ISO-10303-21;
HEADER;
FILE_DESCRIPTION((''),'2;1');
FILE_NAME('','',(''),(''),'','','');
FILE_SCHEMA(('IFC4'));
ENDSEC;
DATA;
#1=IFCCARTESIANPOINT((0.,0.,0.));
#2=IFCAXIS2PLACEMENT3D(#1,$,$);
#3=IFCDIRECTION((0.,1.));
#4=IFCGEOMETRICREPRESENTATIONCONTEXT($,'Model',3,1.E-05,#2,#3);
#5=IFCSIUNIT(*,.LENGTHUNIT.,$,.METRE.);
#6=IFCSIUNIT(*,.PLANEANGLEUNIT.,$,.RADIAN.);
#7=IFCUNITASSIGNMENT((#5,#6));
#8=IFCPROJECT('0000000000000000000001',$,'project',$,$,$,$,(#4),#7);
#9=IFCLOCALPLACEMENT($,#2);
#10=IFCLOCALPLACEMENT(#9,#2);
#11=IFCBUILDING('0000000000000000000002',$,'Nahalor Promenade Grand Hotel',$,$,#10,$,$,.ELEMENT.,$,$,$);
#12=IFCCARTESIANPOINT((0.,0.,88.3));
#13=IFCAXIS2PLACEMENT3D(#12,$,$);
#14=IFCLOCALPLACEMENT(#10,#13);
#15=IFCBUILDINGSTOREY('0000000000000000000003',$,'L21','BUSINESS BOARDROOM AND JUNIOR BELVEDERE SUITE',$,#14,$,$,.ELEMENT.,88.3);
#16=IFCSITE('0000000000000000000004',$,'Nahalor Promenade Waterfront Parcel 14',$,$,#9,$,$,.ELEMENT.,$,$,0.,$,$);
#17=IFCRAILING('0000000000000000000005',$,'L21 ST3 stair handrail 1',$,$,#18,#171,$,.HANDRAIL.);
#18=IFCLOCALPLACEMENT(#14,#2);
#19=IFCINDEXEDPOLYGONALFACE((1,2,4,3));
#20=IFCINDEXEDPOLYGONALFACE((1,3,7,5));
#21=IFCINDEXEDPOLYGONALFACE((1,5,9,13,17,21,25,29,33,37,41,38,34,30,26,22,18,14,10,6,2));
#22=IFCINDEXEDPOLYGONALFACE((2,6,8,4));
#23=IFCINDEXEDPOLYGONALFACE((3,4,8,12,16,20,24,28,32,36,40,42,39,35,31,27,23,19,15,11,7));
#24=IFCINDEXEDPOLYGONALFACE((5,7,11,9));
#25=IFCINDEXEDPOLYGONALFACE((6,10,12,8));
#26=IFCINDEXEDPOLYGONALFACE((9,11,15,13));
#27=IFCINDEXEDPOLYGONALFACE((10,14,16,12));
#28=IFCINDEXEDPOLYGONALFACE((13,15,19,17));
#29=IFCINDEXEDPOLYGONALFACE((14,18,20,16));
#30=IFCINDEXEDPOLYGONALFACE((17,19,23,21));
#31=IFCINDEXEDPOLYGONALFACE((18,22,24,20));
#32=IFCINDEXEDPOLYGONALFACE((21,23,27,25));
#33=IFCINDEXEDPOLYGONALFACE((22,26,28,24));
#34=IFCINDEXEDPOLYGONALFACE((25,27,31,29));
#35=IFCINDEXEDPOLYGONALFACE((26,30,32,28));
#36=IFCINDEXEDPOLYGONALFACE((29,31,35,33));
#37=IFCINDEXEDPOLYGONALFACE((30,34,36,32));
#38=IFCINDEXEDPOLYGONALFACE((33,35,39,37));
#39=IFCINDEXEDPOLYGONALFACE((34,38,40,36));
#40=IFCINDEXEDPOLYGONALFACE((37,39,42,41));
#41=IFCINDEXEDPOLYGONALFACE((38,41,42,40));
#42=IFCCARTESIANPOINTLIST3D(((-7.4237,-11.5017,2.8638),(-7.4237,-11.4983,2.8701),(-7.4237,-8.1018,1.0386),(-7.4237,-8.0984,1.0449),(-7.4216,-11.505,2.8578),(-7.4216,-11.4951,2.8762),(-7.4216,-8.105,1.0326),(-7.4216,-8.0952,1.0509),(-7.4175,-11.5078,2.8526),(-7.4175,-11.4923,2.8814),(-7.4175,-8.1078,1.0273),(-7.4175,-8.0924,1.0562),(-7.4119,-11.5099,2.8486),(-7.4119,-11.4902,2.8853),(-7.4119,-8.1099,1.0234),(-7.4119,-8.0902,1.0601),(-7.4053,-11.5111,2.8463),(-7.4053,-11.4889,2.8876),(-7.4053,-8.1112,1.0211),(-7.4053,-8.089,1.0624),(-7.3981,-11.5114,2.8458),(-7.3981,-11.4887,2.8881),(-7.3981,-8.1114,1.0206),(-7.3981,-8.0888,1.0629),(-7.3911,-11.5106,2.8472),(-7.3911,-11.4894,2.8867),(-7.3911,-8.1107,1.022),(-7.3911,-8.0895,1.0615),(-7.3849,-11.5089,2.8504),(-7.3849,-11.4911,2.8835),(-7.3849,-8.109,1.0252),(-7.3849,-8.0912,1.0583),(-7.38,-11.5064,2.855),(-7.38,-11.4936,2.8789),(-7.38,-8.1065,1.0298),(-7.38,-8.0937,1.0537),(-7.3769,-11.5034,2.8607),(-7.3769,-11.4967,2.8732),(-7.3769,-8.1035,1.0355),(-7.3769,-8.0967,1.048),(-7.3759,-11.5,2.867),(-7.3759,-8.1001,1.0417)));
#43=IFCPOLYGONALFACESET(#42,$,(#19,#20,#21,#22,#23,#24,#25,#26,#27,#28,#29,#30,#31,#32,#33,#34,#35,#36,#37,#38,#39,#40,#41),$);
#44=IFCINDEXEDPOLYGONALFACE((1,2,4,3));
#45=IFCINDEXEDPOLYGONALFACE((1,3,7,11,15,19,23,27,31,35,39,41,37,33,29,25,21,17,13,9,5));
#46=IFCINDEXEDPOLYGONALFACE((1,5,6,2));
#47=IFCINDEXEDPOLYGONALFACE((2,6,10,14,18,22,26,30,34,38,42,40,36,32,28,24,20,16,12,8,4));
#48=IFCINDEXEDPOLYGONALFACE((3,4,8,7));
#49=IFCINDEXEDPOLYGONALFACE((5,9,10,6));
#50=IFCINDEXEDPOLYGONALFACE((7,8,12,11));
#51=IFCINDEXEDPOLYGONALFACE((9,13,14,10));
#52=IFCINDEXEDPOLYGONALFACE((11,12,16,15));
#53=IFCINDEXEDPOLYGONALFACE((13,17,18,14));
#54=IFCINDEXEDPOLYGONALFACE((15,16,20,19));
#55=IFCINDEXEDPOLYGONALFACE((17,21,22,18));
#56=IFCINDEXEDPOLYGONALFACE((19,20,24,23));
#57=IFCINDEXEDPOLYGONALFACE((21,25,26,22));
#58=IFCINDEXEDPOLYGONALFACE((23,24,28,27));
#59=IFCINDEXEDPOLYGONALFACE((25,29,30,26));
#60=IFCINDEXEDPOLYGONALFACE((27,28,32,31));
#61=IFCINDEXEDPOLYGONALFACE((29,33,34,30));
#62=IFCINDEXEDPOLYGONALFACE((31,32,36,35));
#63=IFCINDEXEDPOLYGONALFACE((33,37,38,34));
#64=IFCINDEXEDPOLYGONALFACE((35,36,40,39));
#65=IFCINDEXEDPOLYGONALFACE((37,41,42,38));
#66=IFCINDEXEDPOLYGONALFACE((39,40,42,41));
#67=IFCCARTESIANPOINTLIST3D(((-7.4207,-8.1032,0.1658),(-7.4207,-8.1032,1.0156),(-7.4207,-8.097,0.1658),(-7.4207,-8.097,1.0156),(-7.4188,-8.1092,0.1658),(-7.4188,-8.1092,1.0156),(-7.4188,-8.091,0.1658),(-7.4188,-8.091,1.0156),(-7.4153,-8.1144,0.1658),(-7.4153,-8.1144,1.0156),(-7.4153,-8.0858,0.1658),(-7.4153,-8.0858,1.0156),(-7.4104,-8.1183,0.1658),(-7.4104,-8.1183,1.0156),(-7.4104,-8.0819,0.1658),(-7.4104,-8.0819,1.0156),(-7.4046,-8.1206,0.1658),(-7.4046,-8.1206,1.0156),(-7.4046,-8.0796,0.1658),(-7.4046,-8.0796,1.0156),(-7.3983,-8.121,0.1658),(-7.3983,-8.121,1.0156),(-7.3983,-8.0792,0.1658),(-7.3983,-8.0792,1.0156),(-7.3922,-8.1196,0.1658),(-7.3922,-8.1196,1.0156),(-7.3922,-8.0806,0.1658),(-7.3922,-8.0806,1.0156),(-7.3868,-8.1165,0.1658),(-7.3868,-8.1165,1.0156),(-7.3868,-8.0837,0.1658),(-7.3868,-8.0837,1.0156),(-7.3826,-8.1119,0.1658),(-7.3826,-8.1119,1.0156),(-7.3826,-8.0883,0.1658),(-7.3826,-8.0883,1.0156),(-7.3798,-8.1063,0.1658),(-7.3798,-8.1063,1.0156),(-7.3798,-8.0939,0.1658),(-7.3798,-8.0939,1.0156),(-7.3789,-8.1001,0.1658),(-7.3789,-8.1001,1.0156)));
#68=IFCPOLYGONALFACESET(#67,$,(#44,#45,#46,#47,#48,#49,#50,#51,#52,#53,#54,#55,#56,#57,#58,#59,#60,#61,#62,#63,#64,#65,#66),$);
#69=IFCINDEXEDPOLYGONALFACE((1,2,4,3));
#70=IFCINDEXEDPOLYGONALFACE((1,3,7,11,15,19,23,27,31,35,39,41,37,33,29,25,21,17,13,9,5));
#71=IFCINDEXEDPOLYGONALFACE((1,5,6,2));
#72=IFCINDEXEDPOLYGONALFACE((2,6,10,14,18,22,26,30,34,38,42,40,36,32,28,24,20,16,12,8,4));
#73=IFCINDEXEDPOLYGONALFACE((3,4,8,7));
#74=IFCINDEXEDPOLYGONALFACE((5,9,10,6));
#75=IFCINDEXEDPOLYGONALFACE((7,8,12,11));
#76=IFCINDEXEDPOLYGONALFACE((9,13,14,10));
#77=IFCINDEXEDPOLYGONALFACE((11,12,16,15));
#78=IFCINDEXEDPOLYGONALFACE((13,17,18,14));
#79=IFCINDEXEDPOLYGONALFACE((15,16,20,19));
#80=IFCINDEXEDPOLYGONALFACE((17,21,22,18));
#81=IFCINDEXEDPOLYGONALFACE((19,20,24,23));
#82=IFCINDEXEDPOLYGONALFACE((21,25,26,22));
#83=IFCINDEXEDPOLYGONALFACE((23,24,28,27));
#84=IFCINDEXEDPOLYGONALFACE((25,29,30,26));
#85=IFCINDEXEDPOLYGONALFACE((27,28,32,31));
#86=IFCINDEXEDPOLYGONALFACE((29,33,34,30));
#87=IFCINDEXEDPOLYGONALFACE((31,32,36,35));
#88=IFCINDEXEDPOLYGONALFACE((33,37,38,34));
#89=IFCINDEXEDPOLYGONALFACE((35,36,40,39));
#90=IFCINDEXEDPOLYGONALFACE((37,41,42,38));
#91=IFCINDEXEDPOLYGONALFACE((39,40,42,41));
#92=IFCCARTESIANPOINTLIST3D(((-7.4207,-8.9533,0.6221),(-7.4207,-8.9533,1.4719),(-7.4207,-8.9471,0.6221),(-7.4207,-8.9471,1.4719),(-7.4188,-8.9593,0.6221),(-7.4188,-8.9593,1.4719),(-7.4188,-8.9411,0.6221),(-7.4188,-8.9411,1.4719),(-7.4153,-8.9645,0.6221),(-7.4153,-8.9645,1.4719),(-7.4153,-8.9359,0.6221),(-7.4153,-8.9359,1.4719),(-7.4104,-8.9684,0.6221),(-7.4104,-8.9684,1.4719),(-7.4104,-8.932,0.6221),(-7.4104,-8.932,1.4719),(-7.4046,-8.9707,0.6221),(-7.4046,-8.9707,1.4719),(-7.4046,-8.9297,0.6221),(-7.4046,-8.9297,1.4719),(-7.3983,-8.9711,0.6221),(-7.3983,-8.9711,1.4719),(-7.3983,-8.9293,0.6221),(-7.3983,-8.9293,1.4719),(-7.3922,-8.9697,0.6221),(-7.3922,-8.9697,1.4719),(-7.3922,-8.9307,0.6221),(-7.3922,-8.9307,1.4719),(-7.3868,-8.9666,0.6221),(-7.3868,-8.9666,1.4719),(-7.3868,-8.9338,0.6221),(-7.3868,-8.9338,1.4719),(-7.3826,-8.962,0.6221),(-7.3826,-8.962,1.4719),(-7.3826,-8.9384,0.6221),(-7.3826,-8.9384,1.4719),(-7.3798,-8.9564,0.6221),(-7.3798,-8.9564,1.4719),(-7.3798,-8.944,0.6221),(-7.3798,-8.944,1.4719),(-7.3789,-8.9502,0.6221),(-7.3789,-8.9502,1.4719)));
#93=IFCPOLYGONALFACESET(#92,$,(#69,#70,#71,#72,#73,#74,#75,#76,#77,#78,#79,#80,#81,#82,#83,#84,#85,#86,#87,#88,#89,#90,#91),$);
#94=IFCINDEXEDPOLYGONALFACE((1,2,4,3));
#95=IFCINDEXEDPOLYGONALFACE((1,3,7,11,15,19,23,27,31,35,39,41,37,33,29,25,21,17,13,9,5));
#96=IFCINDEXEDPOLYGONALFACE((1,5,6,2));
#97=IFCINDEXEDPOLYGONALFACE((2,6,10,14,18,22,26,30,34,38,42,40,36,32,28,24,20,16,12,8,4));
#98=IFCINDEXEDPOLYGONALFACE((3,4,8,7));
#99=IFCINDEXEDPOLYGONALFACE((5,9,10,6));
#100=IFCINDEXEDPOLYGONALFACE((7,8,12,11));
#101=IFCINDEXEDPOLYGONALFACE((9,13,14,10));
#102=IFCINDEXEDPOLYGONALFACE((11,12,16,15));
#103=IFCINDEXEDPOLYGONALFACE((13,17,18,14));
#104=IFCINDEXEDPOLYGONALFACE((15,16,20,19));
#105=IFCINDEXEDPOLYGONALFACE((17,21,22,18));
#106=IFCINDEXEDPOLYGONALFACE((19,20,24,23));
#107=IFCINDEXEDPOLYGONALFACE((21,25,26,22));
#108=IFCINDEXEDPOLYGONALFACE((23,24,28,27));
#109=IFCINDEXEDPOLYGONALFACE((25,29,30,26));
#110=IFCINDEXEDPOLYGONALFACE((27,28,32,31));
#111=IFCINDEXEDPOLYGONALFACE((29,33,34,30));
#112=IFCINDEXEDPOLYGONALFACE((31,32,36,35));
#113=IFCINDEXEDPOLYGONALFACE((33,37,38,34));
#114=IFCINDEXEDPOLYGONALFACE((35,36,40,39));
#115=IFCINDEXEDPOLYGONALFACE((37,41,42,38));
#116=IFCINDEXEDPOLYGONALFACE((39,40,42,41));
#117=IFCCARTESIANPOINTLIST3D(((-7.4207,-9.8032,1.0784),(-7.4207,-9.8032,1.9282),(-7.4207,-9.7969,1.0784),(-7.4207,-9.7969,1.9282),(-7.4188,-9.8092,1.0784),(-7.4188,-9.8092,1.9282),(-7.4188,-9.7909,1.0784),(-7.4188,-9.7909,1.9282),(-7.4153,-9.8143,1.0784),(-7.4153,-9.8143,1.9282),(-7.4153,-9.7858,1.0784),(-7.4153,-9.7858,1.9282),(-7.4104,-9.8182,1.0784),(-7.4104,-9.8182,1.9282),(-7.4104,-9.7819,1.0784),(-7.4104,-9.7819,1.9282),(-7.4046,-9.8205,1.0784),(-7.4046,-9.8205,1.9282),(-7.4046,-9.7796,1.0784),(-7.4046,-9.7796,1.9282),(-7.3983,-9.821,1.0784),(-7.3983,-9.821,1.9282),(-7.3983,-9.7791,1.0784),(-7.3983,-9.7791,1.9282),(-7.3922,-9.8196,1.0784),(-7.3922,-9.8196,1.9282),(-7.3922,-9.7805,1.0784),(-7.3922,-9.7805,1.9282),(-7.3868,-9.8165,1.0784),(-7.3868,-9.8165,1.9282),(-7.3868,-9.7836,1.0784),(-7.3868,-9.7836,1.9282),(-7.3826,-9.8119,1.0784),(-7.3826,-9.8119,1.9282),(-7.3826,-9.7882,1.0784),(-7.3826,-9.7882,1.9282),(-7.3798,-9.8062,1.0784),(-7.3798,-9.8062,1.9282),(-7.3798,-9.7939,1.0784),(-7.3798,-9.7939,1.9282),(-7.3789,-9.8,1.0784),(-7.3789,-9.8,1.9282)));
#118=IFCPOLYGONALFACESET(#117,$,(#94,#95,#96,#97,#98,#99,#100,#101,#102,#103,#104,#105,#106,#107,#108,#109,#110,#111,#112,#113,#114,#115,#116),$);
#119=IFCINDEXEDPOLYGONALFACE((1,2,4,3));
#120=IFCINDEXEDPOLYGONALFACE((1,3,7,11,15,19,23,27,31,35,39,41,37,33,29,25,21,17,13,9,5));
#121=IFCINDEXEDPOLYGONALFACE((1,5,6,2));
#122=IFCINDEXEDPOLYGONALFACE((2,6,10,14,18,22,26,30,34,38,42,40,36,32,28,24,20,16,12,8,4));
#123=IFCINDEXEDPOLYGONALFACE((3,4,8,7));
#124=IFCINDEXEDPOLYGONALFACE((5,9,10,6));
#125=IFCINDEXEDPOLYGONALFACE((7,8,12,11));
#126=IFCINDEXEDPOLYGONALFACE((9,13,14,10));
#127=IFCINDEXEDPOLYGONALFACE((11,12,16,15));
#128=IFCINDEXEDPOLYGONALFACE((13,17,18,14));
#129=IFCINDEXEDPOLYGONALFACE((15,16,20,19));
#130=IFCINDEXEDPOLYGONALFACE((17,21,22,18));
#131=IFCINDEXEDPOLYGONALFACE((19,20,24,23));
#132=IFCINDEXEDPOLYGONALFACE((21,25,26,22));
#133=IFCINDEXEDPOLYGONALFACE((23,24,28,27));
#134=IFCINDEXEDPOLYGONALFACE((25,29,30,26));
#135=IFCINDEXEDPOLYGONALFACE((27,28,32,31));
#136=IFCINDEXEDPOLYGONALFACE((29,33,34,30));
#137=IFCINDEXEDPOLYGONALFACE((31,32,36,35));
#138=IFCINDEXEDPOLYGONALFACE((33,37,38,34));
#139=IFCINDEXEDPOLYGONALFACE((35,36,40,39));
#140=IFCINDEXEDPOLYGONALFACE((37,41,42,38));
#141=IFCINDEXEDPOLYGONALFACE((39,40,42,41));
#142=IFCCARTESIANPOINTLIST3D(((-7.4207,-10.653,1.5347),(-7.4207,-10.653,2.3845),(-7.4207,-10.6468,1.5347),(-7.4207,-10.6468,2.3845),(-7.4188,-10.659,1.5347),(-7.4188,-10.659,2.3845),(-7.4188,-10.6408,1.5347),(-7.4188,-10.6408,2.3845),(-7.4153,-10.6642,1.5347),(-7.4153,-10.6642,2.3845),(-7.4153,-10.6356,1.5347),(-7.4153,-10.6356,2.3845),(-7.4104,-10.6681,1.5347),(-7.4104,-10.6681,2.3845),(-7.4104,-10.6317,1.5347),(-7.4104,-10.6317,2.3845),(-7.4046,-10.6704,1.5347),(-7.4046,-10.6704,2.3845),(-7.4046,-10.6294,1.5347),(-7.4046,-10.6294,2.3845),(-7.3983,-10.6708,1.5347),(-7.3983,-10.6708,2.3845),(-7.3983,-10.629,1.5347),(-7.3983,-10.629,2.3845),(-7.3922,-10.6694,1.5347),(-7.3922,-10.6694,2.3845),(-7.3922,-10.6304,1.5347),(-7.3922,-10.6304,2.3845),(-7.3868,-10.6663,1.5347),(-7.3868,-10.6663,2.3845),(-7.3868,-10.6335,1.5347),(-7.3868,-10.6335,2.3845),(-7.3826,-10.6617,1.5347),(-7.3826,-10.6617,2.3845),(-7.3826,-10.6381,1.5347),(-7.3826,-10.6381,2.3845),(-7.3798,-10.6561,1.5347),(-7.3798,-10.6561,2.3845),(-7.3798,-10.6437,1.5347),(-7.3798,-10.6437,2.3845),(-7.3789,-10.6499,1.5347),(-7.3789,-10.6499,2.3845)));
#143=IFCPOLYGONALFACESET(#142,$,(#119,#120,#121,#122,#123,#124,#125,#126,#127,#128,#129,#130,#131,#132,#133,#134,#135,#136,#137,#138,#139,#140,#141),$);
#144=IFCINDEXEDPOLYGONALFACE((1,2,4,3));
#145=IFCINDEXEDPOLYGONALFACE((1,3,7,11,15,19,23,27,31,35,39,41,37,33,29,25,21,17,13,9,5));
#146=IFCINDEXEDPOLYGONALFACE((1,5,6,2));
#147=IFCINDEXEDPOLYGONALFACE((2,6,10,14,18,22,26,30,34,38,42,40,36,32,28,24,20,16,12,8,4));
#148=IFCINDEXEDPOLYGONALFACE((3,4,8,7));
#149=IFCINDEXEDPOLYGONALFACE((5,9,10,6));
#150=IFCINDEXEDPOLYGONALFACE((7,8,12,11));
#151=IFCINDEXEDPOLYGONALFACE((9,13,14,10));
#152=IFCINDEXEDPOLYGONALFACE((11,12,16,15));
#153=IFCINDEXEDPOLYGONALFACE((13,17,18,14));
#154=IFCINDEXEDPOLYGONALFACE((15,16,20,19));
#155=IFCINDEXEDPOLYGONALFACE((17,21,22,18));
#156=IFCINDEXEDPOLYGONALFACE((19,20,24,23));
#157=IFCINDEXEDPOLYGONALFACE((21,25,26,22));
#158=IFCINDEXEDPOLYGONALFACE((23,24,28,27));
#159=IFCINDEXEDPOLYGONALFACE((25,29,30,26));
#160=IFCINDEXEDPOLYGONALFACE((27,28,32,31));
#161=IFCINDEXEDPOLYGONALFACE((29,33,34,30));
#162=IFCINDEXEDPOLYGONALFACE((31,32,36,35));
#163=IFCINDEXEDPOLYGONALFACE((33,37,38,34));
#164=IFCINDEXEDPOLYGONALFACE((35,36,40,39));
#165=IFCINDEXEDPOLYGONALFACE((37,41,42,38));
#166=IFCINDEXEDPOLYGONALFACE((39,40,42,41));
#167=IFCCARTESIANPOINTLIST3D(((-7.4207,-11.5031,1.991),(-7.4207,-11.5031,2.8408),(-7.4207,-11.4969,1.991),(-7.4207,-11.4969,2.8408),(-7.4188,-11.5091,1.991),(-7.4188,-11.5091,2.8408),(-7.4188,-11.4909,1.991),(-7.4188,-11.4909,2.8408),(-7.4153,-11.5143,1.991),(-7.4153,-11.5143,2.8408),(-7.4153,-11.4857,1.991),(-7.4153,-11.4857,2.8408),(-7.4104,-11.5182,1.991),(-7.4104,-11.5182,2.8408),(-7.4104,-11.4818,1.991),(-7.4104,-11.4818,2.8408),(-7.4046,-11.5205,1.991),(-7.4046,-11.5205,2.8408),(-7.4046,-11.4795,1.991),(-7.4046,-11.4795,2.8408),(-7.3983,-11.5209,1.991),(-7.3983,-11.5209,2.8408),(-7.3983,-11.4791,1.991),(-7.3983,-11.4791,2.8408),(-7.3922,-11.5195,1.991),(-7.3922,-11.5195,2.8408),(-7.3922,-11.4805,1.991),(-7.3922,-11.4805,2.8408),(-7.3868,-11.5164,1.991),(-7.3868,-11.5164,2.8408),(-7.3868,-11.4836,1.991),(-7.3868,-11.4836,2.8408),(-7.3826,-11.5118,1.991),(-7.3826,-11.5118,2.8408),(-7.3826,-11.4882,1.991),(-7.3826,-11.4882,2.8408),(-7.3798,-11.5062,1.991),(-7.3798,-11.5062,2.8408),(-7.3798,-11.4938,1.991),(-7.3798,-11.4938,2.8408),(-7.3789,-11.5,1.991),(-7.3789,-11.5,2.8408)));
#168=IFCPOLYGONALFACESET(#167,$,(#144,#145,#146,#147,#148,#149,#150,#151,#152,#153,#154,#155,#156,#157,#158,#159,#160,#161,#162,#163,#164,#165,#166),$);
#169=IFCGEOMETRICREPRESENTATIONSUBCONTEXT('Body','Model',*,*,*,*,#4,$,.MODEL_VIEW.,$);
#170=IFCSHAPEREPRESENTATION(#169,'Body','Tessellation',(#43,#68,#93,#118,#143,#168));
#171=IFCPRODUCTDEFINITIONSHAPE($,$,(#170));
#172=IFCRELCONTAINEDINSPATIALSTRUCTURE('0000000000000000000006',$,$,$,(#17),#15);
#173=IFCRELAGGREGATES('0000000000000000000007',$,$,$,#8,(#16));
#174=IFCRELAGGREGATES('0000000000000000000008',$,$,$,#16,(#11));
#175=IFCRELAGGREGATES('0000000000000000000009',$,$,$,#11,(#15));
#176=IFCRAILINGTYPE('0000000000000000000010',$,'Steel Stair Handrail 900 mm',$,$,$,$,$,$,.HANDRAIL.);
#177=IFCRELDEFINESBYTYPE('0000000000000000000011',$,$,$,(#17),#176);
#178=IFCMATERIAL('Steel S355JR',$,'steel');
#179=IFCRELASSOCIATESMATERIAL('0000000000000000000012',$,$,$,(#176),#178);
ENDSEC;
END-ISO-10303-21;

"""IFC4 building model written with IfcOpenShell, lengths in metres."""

from ifc_helpers import new_model, si_unit, direction, frame, origin, origin_2d, place, context, subcontext, project, spatial, circle, extrude, material, type_object, element, save


model = new_model("IFC4")

# Units and contexts
model_context = context("Model", 3, precision=1e-05, world=origin(), true_north=direction((0.0, 1.0)))
body_context = subcontext(model_context, "Body", "Model", "MODEL_VIEW")
ifc_project = project(units=[si_unit("LENGTHUNIT", "METRE"), si_unit("PLANEANGLEUNIT", "RADIAN")], contexts=[model_context])

# Site, building, storey
site_placement = place(None, origin())
site = spatial("IfcSite", under=ifc_project, at=site_placement, Name="Nahalor Promenade Waterfront Parcel 14", CompositionType="ELEMENT", RefElevation=0.0)
building_placement = place(site_placement, origin())
building = spatial("IfcBuilding", under=site, at=building_placement, Name="Nahalor Promenade Grand Hotel", CompositionType="ELEMENT")
storey_placement = place(building_placement, frame((0.0, 0.0, 88.3)))
storey = spatial("IfcBuildingStorey", under=building, at=storey_placement, Name="L21", Description="BUSINESS BOARDROOM AND JUNIOR BELVEDERE SUITE", CompositionType="ELEMENT", Elevation=88.3)

# Shared definitions
ifc_material_1 = material(Name="Steel S355JR", Category="steel")

# Railing
railing_type_1 = type_object("IfcRailingType", Name="Steel Stair Handrail 900 mm", PredefinedType="HANDRAIL", material=ifc_material_1)
railing_1_placement = place(storey_placement, frame((-7.3999, -8.1001, 0.1658)))
element("IfcRailing", 1, at=railing_1_placement, inside=storey, type_object=railing_type_1, Name="L21 ST3 stair handrail 1", PredefinedType="HANDRAIL", context=body_context, shape_type="SweptSolid", body=[
    extrude(circle(Radius=0.024, at=origin_2d()), frame((0.0, 0.0, 0.876), z_axis=(0.0, -0.881068, 0.47299), x_axis=(1.0, 0.0, 0.0)), (0.0, 0.0, 1.0), 3.8589),
    extrude(circle(Radius=0.021, at=origin_2d()), origin(), (0.0, 0.0, 1.0), 0.8499),
    extrude(circle(Radius=0.021, at=origin_2d()), frame((0.0, -0.8501, 0.4563)), (0.0, 0.0, 1.0), 0.8499),
    extrude(circle(Radius=0.021, at=origin_2d()), frame((0.0, -1.7, 0.9126)), (0.0, 0.0, 1.0), 0.8499),
    extrude(circle(Radius=0.021, at=origin_2d()), frame((0.0, -2.5498, 1.3689)), (0.0, 0.0, 1.0), 0.8499),
    extrude(circle(Radius=0.021, at=origin_2d()), frame((0.0, -3.3999, 1.8252)), (0.0, 0.0, 1.0), 0.8499),
])

save(model, "model.ifc")
